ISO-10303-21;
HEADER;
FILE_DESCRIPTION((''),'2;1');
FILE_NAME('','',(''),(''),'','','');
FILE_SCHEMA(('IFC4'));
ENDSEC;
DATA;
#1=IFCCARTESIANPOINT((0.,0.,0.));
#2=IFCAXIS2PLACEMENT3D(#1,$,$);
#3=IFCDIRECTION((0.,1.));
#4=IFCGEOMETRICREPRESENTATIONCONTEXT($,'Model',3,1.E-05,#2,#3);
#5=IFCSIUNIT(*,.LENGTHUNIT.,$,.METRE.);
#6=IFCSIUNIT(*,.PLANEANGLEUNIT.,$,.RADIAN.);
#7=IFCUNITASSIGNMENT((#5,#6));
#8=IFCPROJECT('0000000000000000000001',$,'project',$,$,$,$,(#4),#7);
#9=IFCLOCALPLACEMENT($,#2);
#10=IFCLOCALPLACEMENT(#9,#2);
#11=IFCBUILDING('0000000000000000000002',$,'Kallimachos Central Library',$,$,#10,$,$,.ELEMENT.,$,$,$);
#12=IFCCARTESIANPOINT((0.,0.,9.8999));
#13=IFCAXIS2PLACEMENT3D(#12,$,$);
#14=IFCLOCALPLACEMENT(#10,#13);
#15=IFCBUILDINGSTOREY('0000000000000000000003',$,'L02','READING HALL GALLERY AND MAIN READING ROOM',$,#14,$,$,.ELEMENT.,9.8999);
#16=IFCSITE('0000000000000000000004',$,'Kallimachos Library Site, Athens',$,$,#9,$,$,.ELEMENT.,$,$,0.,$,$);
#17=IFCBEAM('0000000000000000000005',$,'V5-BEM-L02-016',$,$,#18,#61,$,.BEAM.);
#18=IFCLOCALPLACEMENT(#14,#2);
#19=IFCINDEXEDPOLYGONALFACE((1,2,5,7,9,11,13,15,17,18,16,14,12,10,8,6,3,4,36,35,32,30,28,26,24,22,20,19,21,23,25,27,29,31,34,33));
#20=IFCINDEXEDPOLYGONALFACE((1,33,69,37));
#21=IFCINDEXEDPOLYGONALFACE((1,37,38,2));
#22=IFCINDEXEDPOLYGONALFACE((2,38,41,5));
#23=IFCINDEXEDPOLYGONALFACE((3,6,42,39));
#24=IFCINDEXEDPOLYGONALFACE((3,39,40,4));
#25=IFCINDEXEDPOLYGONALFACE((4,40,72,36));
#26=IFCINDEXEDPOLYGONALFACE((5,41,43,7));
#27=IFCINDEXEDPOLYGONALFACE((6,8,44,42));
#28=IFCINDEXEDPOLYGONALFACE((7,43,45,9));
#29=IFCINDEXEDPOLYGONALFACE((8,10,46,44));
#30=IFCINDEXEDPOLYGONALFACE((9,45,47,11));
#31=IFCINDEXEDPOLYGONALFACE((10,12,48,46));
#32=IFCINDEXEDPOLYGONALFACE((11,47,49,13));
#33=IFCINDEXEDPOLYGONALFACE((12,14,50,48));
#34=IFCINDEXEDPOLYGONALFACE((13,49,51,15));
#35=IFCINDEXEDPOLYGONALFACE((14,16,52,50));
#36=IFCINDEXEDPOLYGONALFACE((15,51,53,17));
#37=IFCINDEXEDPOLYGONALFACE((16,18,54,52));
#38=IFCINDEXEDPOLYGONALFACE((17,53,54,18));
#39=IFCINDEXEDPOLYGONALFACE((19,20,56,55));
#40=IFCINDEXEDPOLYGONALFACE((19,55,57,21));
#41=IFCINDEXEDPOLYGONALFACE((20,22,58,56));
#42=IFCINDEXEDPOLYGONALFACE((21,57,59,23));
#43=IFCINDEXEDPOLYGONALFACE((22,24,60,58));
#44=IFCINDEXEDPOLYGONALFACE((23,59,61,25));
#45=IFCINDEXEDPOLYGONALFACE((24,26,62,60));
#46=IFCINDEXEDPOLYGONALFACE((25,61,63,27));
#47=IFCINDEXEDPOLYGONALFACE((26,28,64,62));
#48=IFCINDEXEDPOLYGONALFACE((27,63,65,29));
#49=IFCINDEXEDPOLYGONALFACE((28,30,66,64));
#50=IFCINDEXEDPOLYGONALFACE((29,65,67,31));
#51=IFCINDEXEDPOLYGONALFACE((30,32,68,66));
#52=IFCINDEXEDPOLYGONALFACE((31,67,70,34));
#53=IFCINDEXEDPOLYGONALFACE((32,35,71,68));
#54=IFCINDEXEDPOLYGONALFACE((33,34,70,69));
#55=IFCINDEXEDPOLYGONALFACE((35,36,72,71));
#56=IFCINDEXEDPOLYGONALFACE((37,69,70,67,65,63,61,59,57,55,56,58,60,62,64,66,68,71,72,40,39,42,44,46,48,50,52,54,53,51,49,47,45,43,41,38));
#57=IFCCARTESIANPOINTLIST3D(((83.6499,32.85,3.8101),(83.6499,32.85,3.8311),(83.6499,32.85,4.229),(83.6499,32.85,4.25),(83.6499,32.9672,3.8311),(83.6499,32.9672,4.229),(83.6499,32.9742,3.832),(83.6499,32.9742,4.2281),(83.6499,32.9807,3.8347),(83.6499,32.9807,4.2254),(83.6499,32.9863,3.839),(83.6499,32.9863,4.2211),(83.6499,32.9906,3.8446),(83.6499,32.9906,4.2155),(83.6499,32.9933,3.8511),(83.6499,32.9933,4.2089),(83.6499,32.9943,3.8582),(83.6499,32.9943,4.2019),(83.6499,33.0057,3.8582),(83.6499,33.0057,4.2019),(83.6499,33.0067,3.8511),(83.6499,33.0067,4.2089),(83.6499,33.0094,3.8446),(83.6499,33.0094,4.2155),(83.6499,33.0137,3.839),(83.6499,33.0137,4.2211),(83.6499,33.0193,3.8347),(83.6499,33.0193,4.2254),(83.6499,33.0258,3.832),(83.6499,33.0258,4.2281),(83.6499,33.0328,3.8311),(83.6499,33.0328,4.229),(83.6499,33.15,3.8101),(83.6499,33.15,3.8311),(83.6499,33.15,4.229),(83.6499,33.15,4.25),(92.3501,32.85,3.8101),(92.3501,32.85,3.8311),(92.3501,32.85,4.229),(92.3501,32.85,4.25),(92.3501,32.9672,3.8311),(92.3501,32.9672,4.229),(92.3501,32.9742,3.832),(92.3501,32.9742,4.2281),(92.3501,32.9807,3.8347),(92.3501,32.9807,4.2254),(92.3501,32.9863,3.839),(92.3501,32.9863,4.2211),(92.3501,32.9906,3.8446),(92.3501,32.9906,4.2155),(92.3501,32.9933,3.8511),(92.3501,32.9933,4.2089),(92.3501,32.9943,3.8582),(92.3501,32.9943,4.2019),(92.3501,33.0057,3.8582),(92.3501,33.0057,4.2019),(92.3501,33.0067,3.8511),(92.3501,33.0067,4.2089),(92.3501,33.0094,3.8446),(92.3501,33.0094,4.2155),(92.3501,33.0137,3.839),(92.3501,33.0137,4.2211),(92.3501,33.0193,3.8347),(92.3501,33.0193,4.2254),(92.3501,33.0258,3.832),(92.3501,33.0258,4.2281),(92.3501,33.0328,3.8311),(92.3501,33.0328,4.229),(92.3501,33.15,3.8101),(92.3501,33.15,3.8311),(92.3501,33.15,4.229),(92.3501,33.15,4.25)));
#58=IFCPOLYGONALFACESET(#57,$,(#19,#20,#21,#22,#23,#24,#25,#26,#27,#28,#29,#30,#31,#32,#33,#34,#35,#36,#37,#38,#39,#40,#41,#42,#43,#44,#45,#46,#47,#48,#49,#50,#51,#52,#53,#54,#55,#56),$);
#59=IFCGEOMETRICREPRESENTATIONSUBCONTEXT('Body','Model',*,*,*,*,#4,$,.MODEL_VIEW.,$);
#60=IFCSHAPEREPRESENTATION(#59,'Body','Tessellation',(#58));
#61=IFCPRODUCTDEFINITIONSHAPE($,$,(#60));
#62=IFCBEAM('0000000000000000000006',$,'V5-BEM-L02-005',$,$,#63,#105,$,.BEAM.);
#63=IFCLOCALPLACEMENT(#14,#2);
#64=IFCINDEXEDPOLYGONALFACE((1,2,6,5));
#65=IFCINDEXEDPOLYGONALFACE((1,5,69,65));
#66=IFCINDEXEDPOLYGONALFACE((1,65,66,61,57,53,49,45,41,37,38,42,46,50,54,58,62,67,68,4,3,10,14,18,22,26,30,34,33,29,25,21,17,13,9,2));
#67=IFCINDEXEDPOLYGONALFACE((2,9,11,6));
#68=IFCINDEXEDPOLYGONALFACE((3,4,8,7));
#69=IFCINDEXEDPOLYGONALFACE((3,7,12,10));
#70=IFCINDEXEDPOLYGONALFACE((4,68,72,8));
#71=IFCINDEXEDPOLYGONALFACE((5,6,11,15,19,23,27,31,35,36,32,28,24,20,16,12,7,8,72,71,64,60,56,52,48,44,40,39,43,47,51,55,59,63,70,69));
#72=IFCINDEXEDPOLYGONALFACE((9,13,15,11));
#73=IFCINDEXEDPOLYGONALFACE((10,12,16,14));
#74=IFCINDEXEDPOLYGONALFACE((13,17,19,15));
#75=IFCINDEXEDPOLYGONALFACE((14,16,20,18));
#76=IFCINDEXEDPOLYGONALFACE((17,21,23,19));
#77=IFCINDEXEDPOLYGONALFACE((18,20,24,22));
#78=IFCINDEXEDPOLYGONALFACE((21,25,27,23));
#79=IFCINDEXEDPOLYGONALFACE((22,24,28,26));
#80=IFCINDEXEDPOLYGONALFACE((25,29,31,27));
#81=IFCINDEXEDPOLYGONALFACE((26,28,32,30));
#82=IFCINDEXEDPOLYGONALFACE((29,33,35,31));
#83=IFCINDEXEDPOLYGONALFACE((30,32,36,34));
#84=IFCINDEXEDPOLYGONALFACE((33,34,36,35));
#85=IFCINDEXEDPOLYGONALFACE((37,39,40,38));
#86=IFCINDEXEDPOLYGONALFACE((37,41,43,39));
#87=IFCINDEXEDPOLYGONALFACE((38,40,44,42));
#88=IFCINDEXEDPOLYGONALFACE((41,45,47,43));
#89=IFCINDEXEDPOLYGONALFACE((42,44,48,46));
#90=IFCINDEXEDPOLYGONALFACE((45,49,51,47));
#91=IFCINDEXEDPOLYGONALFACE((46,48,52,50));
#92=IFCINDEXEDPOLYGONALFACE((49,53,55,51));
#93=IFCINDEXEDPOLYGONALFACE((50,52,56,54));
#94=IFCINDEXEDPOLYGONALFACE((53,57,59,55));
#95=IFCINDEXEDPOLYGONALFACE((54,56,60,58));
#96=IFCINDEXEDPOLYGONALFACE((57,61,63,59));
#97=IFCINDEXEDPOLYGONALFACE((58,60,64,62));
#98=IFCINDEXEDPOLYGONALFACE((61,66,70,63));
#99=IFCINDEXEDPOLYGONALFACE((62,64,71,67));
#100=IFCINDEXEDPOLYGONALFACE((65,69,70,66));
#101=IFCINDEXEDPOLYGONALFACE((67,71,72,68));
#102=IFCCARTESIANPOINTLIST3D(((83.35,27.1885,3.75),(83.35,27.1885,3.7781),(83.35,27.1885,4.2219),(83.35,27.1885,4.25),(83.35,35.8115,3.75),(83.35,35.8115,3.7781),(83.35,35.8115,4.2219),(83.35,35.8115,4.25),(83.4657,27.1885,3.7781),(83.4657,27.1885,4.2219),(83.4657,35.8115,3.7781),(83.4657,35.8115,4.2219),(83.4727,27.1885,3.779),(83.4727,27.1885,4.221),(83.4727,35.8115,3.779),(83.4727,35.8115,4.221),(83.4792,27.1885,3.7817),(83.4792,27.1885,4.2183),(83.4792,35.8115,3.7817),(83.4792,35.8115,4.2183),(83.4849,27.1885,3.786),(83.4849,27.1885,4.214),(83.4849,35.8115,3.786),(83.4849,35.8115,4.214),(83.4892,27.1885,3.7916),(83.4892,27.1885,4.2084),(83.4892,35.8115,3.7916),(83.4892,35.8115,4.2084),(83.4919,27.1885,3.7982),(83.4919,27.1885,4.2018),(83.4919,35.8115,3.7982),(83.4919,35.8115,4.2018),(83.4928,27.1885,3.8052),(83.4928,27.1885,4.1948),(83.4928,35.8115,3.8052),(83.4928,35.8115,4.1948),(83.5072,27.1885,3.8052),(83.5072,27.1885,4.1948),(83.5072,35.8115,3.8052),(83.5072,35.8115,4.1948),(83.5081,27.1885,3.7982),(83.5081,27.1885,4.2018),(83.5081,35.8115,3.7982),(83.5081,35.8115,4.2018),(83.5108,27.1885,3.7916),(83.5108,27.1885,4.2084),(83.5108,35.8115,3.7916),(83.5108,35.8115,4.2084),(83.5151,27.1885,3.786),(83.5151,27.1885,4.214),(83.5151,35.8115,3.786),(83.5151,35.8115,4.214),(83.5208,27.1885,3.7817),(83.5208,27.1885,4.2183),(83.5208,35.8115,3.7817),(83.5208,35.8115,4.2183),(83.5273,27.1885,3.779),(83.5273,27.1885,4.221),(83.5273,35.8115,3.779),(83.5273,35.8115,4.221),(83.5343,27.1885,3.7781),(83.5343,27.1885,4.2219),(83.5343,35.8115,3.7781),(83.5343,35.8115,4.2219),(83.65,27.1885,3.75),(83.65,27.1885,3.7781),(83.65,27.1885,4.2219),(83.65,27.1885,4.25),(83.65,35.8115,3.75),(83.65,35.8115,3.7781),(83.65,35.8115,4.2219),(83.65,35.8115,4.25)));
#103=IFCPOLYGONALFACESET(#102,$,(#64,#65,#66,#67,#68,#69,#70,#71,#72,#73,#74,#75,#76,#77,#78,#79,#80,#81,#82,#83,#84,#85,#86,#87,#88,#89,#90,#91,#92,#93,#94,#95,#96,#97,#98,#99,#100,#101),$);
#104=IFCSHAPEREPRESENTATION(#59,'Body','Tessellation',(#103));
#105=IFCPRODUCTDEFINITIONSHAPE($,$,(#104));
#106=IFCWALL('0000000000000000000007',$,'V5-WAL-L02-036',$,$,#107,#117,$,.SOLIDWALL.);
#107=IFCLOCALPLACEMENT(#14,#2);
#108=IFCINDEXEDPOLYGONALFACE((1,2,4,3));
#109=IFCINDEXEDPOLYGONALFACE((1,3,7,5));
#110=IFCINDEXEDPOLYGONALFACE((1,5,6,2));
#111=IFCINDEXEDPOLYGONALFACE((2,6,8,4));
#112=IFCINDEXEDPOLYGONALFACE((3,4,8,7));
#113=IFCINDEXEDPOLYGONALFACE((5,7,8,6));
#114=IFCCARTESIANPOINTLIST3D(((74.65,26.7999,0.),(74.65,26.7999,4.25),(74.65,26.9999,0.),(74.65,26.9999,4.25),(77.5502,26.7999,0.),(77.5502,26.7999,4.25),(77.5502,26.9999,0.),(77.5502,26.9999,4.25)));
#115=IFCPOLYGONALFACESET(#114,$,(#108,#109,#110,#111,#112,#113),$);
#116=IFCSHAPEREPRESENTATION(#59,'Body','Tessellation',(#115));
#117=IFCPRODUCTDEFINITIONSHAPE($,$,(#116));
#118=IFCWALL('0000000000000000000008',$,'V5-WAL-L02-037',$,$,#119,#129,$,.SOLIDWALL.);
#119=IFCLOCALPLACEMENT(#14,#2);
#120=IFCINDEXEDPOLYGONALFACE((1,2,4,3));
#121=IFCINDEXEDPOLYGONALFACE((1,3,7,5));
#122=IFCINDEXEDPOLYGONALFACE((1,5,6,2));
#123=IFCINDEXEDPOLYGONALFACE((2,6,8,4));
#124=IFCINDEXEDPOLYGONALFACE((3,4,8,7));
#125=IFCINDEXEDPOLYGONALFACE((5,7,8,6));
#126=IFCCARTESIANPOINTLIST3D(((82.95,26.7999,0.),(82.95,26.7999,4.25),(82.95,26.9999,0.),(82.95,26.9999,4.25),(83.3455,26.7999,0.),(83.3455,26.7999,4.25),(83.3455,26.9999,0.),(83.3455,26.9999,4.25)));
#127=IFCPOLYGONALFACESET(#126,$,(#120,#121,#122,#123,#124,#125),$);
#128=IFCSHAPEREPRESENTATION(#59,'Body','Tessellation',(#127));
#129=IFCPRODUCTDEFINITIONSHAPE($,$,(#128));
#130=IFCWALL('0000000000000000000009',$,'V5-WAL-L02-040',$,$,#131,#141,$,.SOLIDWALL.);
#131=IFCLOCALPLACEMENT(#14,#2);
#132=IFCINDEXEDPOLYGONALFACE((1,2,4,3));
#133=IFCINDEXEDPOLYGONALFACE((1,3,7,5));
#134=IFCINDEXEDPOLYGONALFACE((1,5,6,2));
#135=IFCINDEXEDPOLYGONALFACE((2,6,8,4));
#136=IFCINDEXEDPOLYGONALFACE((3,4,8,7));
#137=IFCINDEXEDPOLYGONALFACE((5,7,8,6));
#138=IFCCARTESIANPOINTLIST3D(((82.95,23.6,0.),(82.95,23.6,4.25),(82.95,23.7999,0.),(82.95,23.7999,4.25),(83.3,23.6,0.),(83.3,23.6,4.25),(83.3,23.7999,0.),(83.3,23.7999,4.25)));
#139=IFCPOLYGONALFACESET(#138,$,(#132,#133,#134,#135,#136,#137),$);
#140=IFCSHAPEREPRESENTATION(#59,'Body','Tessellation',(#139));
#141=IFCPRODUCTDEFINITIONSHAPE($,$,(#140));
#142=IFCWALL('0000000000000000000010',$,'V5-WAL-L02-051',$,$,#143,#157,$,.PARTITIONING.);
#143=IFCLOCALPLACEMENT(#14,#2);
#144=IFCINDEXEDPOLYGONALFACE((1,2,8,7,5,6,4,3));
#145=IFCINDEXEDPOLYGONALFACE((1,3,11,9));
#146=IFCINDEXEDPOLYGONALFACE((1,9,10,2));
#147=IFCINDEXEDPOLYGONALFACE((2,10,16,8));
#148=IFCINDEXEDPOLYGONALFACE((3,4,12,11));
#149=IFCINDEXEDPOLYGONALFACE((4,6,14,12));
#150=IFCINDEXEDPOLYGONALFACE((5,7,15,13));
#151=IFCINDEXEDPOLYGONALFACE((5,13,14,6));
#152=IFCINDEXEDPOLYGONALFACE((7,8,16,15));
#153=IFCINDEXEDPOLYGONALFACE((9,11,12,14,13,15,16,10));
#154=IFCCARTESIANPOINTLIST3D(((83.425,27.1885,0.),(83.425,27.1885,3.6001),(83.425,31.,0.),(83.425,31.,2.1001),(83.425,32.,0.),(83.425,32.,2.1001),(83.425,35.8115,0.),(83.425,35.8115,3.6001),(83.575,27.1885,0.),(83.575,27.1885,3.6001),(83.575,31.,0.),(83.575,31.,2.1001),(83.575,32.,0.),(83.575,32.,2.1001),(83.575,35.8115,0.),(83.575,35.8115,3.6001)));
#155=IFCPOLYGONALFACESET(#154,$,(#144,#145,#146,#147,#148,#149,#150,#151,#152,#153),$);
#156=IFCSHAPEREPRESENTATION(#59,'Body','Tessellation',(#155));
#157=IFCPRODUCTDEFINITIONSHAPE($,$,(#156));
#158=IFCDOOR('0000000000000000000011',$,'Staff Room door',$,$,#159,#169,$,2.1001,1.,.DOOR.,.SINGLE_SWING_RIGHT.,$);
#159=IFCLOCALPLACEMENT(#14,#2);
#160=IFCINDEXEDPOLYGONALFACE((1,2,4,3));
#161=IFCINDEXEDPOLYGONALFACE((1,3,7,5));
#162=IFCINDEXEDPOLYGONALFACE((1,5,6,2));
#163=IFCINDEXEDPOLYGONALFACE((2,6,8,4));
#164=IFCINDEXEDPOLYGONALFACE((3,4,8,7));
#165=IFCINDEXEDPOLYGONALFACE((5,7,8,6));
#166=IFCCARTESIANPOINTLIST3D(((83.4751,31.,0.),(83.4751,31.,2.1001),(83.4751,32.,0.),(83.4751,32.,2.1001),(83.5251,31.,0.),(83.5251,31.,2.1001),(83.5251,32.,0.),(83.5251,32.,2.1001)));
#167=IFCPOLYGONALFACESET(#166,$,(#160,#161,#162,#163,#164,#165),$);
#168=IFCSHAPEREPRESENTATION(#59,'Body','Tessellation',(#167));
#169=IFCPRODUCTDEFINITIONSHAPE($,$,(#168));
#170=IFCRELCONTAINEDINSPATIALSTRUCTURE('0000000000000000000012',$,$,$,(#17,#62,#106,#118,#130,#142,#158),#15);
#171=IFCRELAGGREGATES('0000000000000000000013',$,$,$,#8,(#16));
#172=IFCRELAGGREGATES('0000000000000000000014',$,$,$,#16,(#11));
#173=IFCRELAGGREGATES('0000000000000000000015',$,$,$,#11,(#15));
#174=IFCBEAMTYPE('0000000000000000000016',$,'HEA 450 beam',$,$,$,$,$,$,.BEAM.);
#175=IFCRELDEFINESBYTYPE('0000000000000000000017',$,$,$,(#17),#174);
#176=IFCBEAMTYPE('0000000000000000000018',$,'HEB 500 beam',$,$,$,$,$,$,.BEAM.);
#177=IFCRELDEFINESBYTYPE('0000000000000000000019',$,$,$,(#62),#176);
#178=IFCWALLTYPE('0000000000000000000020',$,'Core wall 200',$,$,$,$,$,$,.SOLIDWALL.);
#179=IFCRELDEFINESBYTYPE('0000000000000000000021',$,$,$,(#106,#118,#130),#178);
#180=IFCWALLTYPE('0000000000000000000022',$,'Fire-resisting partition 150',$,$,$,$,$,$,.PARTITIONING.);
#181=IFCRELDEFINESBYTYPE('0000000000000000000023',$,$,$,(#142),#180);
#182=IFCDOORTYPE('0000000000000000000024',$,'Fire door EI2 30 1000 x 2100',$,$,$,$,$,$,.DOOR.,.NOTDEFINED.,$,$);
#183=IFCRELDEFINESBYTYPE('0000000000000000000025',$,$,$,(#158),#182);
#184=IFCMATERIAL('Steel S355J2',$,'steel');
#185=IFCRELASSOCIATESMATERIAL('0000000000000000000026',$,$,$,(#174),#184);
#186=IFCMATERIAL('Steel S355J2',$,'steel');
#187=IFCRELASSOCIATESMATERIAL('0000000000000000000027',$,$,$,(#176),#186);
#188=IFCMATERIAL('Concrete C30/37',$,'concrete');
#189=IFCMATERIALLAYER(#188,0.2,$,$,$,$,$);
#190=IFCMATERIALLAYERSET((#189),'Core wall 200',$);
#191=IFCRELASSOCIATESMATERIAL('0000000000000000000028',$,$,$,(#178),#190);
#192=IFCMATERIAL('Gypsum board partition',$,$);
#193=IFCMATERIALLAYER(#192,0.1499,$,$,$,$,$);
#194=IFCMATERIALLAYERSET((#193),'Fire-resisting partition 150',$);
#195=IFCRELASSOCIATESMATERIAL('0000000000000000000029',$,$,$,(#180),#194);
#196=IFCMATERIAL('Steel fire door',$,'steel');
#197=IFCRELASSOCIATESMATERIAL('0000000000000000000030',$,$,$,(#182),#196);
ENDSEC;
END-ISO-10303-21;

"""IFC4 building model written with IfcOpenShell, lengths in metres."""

from ifc_helpers import new_model, si_unit, direction, frame, frame_2d, origin, origin_2d, place, context, subcontext, project, spatial, rectangle, i_section, extrude, material, layer, layer_set, material_profile, profile_set, type_object, element, fill, save


model = new_model("IFC4")

# Units and contexts
model_context = context("Model", 3, precision=1e-05, world=origin(), true_north=direction((0.0, 1.0)))
body_context = subcontext(model_context, "Body", "Model", "MODEL_VIEW")
ifc_project = project(units=[si_unit("LENGTHUNIT", "METRE"), si_unit("PLANEANGLEUNIT", "RADIAN")], contexts=[model_context])

# Site, building, storey
site_placement = place(None, origin())
site = spatial("IfcSite", under=ifc_project, at=site_placement, Name="Kallimachos Library Site, Athens", CompositionType="ELEMENT", RefElevation=0.0)
building_placement = place(site_placement, origin())
building = spatial("IfcBuilding", under=site, at=building_placement, Name="Kallimachos Central Library", CompositionType="ELEMENT")
storey_placement = place(building_placement, frame((0.0, 0.0, 9.8999)))
storey = spatial("IfcBuildingStorey", under=building, at=storey_placement, Name="L02", Description="READING HALL GALLERY AND MAIN READING ROOM", CompositionType="ELEMENT", Elevation=9.8999)

# Beams
ifc_material_1 = material(Name="Steel S355J2", Category="steel")
ifc_material_profile_1 = material_profile(ifc_material_1, i_section(OverallWidth=0.3, OverallDepth=0.4399, WebThickness=0.0115, FlangeThickness=0.021, FilletRadius=0.0271, at=origin_2d()), Name="HEA 450")
ifc_profile_set_1 = profile_set([ifc_material_profile_1], Name="Steel S355J2")
beam_type_1 = type_object("IfcBeamType", Name="HEA 450 beam", PredefinedType="BEAM", material=ifc_profile_set_1)
for number, where, z_axis, x_axis, name in (
    (1, (83.6499, 33.0, 4.03), (1.0, 0.0, 0.0), (0.0, 1.0, 0.0), "V5-BEM-L02-016"),
):
    element("IfcBeam", number, at=place(storey_placement, frame(where, z_axis=z_axis, x_axis=x_axis)), inside=storey, type_object=beam_type_1, Name=name, PredefinedType="BEAM", context=body_context, shape_type="SweptSolid", body=[
        extrude(i_section(OverallWidth=0.3, OverallDepth=0.4399, WebThickness=0.0115, FlangeThickness=0.021, FilletRadius=0.0271, at=origin_2d()), origin(), (0.0, 0.0, 1.0), 8.7002),
    ])
ifc_material_2 = material(Name="Steel S355J2", Category="steel")
ifc_material_profile_2 = material_profile(ifc_material_2, i_section(OverallWidth=0.3, OverallDepth=0.5, WebThickness=0.0144, FlangeThickness=0.0281, FilletRadius=0.0271, at=origin_2d()), Name="HEB 500")
ifc_profile_set_2 = profile_set([ifc_material_profile_2], Name="Steel S355J2")
beam_type_2 = type_object("IfcBeamType", Name="HEB 500 beam", PredefinedType="BEAM", material=ifc_profile_set_2)
beam_1_placement = place(storey_placement, frame((83.5, 27.1885, 4.0), z_axis=(0.0, 1.0, 0.0), x_axis=(-1.0, 0.0, 0.0)))
element("IfcBeam", 2, at=beam_1_placement, inside=storey, type_object=beam_type_2, Name="V5-BEM-L02-005", PredefinedType="BEAM", context=body_context, shape_type="SweptSolid", body=[
    extrude(i_section(OverallWidth=0.3, OverallDepth=0.5, WebThickness=0.0144, FlangeThickness=0.0281, FilletRadius=0.0271, at=origin_2d()), origin(), (0.0, 0.0, 1.0), 8.623),
])

# Walls
ifc_material_3 = material(Name="Concrete C30/37", Category="concrete")
ifc_layer_1 = layer(ifc_material_3, 0.2)
ifc_layer_set_1 = layer_set([ifc_layer_1], Name="Core wall 200")
wall_type_1 = type_object("IfcWallType", Name="Core wall 200", PredefinedType="SOLIDWALL", material=ifc_layer_set_1)
wall_1_placement = place(storey_placement, frame((74.6499, 26.8999, 0.0), z_axis=(0.0, 0.0, 1.0), x_axis=(1.0, 0.0, 0.0)))
element("IfcWall", 3, at=wall_1_placement, inside=storey, type_object=wall_type_1, Name="V5-WAL-L02-036", PredefinedType="SOLIDWALL", context=body_context, shape_type="SweptSolid", body=[
    extrude(rectangle(XDim=2.9001, YDim=0.2, at=frame_2d((1.4502, 0.0))), origin(), (0.0, 0.0, 1.0), 4.25),
])
wall_2_placement = place(storey_placement, frame((82.95, 26.8999, 0.0), z_axis=(0.0, 0.0, 1.0), x_axis=(1.0, 0.0, 0.0)))
element("IfcWall", 4, at=wall_2_placement, inside=storey, type_object=wall_type_1, Name="V5-WAL-L02-037", PredefinedType="SOLIDWALL", context=body_context, shape_type="SweptSolid", body=[
    extrude(rectangle(XDim=0.3955, YDim=0.2, at=frame_2d((0.1978, 0.0))), origin(), (0.0, 0.0, 1.0), 4.25),
])
wall_3_placement = place(storey_placement, frame((82.95, 23.7, 0.0), z_axis=(0.0, 0.0, 1.0), x_axis=(1.0, 0.0, 0.0)))
element("IfcWall", 5, at=wall_3_placement, inside=storey, type_object=wall_type_1, Name="V5-WAL-L02-040", PredefinedType="SOLIDWALL", context=body_context, shape_type="SweptSolid", body=[
    extrude(rectangle(XDim=0.3501, YDim=0.2, at=frame_2d((0.175, 0.0))), origin(), (0.0, 0.0, 1.0), 4.25),
])

# Wall, opening, door
ifc_material_4 = material(Name="Gypsum board partition")
ifc_layer_2 = layer(ifc_material_4, 0.1499)
ifc_layer_set_2 = layer_set([ifc_layer_2], Name="Fire-resisting partition 150")
wall_type_2 = type_object("IfcWallType", Name="Fire-resisting partition 150", PredefinedType="PARTITIONING", material=ifc_layer_set_2)
wall_4_placement = place(storey_placement, frame((83.5, 27.1885, 0.0), z_axis=(0.0, 0.0, 1.0), x_axis=(0.0, 1.0, 0.0)))
wall_4 = element("IfcWall", 6, at=wall_4_placement, inside=storey, type_object=wall_type_2, Name="V5-WAL-L02-051", PredefinedType="PARTITIONING", context=body_context, shape_type="SweptSolid", body=[
    extrude(rectangle(XDim=8.623, YDim=0.1499, at=frame_2d((4.3115, 0.0))), origin(), (0.0, 0.0, 1.0), 3.6001),
])
opening_1_placement = place(wall_4_placement, frame((3.8115, 0.0, 0.0)))
opening_1 = element("IfcOpeningElement", 7, at=opening_1_placement, cuts=wall_4, PredefinedType="OPENING", context=body_context, shape_type="SweptSolid", body=[
    extrude(rectangle(XDim=1.0, YDim=2.1001, at=frame_2d((0.5, 1.05))), frame((0.0, 0.085, 0.0), z_axis=(0.0, -1.0, 0.0), x_axis=(1.0, 0.0, 0.0)), (0.0, 0.0, 1.0), 0.1699),
])
ifc_material_5 = material(Name="Steel fire door", Category="steel")
door_type_1 = type_object("IfcDoorType", Name="Fire door EI2 30 1000 x 2100", OperationType="NOTDEFINED", PredefinedType="DOOR", material=ifc_material_5)
door_1_placement = place(opening_1_placement, origin())
door_1 = element("IfcDoor", 8, at=door_1_placement, inside=storey, type_object=door_type_1, Name="Staff Room door", OperationType="SINGLE_SWING_RIGHT", OverallHeight=2.1001, OverallWidth=1.0, PredefinedType="DOOR", context=body_context, shape_type="SweptSolid", body=[
    extrude(rectangle(XDim=1.0, YDim=2.1001, at=frame_2d((0.5, 1.05))), frame((0.0, 0.0249, 0.0), z_axis=(0.0, -1.0, 0.0), x_axis=(1.0, 0.0, 0.0)), (0.0, 0.0, 1.0), 0.05),
])
fill(opening_1, door_1)

save(model, "model.ifc")
